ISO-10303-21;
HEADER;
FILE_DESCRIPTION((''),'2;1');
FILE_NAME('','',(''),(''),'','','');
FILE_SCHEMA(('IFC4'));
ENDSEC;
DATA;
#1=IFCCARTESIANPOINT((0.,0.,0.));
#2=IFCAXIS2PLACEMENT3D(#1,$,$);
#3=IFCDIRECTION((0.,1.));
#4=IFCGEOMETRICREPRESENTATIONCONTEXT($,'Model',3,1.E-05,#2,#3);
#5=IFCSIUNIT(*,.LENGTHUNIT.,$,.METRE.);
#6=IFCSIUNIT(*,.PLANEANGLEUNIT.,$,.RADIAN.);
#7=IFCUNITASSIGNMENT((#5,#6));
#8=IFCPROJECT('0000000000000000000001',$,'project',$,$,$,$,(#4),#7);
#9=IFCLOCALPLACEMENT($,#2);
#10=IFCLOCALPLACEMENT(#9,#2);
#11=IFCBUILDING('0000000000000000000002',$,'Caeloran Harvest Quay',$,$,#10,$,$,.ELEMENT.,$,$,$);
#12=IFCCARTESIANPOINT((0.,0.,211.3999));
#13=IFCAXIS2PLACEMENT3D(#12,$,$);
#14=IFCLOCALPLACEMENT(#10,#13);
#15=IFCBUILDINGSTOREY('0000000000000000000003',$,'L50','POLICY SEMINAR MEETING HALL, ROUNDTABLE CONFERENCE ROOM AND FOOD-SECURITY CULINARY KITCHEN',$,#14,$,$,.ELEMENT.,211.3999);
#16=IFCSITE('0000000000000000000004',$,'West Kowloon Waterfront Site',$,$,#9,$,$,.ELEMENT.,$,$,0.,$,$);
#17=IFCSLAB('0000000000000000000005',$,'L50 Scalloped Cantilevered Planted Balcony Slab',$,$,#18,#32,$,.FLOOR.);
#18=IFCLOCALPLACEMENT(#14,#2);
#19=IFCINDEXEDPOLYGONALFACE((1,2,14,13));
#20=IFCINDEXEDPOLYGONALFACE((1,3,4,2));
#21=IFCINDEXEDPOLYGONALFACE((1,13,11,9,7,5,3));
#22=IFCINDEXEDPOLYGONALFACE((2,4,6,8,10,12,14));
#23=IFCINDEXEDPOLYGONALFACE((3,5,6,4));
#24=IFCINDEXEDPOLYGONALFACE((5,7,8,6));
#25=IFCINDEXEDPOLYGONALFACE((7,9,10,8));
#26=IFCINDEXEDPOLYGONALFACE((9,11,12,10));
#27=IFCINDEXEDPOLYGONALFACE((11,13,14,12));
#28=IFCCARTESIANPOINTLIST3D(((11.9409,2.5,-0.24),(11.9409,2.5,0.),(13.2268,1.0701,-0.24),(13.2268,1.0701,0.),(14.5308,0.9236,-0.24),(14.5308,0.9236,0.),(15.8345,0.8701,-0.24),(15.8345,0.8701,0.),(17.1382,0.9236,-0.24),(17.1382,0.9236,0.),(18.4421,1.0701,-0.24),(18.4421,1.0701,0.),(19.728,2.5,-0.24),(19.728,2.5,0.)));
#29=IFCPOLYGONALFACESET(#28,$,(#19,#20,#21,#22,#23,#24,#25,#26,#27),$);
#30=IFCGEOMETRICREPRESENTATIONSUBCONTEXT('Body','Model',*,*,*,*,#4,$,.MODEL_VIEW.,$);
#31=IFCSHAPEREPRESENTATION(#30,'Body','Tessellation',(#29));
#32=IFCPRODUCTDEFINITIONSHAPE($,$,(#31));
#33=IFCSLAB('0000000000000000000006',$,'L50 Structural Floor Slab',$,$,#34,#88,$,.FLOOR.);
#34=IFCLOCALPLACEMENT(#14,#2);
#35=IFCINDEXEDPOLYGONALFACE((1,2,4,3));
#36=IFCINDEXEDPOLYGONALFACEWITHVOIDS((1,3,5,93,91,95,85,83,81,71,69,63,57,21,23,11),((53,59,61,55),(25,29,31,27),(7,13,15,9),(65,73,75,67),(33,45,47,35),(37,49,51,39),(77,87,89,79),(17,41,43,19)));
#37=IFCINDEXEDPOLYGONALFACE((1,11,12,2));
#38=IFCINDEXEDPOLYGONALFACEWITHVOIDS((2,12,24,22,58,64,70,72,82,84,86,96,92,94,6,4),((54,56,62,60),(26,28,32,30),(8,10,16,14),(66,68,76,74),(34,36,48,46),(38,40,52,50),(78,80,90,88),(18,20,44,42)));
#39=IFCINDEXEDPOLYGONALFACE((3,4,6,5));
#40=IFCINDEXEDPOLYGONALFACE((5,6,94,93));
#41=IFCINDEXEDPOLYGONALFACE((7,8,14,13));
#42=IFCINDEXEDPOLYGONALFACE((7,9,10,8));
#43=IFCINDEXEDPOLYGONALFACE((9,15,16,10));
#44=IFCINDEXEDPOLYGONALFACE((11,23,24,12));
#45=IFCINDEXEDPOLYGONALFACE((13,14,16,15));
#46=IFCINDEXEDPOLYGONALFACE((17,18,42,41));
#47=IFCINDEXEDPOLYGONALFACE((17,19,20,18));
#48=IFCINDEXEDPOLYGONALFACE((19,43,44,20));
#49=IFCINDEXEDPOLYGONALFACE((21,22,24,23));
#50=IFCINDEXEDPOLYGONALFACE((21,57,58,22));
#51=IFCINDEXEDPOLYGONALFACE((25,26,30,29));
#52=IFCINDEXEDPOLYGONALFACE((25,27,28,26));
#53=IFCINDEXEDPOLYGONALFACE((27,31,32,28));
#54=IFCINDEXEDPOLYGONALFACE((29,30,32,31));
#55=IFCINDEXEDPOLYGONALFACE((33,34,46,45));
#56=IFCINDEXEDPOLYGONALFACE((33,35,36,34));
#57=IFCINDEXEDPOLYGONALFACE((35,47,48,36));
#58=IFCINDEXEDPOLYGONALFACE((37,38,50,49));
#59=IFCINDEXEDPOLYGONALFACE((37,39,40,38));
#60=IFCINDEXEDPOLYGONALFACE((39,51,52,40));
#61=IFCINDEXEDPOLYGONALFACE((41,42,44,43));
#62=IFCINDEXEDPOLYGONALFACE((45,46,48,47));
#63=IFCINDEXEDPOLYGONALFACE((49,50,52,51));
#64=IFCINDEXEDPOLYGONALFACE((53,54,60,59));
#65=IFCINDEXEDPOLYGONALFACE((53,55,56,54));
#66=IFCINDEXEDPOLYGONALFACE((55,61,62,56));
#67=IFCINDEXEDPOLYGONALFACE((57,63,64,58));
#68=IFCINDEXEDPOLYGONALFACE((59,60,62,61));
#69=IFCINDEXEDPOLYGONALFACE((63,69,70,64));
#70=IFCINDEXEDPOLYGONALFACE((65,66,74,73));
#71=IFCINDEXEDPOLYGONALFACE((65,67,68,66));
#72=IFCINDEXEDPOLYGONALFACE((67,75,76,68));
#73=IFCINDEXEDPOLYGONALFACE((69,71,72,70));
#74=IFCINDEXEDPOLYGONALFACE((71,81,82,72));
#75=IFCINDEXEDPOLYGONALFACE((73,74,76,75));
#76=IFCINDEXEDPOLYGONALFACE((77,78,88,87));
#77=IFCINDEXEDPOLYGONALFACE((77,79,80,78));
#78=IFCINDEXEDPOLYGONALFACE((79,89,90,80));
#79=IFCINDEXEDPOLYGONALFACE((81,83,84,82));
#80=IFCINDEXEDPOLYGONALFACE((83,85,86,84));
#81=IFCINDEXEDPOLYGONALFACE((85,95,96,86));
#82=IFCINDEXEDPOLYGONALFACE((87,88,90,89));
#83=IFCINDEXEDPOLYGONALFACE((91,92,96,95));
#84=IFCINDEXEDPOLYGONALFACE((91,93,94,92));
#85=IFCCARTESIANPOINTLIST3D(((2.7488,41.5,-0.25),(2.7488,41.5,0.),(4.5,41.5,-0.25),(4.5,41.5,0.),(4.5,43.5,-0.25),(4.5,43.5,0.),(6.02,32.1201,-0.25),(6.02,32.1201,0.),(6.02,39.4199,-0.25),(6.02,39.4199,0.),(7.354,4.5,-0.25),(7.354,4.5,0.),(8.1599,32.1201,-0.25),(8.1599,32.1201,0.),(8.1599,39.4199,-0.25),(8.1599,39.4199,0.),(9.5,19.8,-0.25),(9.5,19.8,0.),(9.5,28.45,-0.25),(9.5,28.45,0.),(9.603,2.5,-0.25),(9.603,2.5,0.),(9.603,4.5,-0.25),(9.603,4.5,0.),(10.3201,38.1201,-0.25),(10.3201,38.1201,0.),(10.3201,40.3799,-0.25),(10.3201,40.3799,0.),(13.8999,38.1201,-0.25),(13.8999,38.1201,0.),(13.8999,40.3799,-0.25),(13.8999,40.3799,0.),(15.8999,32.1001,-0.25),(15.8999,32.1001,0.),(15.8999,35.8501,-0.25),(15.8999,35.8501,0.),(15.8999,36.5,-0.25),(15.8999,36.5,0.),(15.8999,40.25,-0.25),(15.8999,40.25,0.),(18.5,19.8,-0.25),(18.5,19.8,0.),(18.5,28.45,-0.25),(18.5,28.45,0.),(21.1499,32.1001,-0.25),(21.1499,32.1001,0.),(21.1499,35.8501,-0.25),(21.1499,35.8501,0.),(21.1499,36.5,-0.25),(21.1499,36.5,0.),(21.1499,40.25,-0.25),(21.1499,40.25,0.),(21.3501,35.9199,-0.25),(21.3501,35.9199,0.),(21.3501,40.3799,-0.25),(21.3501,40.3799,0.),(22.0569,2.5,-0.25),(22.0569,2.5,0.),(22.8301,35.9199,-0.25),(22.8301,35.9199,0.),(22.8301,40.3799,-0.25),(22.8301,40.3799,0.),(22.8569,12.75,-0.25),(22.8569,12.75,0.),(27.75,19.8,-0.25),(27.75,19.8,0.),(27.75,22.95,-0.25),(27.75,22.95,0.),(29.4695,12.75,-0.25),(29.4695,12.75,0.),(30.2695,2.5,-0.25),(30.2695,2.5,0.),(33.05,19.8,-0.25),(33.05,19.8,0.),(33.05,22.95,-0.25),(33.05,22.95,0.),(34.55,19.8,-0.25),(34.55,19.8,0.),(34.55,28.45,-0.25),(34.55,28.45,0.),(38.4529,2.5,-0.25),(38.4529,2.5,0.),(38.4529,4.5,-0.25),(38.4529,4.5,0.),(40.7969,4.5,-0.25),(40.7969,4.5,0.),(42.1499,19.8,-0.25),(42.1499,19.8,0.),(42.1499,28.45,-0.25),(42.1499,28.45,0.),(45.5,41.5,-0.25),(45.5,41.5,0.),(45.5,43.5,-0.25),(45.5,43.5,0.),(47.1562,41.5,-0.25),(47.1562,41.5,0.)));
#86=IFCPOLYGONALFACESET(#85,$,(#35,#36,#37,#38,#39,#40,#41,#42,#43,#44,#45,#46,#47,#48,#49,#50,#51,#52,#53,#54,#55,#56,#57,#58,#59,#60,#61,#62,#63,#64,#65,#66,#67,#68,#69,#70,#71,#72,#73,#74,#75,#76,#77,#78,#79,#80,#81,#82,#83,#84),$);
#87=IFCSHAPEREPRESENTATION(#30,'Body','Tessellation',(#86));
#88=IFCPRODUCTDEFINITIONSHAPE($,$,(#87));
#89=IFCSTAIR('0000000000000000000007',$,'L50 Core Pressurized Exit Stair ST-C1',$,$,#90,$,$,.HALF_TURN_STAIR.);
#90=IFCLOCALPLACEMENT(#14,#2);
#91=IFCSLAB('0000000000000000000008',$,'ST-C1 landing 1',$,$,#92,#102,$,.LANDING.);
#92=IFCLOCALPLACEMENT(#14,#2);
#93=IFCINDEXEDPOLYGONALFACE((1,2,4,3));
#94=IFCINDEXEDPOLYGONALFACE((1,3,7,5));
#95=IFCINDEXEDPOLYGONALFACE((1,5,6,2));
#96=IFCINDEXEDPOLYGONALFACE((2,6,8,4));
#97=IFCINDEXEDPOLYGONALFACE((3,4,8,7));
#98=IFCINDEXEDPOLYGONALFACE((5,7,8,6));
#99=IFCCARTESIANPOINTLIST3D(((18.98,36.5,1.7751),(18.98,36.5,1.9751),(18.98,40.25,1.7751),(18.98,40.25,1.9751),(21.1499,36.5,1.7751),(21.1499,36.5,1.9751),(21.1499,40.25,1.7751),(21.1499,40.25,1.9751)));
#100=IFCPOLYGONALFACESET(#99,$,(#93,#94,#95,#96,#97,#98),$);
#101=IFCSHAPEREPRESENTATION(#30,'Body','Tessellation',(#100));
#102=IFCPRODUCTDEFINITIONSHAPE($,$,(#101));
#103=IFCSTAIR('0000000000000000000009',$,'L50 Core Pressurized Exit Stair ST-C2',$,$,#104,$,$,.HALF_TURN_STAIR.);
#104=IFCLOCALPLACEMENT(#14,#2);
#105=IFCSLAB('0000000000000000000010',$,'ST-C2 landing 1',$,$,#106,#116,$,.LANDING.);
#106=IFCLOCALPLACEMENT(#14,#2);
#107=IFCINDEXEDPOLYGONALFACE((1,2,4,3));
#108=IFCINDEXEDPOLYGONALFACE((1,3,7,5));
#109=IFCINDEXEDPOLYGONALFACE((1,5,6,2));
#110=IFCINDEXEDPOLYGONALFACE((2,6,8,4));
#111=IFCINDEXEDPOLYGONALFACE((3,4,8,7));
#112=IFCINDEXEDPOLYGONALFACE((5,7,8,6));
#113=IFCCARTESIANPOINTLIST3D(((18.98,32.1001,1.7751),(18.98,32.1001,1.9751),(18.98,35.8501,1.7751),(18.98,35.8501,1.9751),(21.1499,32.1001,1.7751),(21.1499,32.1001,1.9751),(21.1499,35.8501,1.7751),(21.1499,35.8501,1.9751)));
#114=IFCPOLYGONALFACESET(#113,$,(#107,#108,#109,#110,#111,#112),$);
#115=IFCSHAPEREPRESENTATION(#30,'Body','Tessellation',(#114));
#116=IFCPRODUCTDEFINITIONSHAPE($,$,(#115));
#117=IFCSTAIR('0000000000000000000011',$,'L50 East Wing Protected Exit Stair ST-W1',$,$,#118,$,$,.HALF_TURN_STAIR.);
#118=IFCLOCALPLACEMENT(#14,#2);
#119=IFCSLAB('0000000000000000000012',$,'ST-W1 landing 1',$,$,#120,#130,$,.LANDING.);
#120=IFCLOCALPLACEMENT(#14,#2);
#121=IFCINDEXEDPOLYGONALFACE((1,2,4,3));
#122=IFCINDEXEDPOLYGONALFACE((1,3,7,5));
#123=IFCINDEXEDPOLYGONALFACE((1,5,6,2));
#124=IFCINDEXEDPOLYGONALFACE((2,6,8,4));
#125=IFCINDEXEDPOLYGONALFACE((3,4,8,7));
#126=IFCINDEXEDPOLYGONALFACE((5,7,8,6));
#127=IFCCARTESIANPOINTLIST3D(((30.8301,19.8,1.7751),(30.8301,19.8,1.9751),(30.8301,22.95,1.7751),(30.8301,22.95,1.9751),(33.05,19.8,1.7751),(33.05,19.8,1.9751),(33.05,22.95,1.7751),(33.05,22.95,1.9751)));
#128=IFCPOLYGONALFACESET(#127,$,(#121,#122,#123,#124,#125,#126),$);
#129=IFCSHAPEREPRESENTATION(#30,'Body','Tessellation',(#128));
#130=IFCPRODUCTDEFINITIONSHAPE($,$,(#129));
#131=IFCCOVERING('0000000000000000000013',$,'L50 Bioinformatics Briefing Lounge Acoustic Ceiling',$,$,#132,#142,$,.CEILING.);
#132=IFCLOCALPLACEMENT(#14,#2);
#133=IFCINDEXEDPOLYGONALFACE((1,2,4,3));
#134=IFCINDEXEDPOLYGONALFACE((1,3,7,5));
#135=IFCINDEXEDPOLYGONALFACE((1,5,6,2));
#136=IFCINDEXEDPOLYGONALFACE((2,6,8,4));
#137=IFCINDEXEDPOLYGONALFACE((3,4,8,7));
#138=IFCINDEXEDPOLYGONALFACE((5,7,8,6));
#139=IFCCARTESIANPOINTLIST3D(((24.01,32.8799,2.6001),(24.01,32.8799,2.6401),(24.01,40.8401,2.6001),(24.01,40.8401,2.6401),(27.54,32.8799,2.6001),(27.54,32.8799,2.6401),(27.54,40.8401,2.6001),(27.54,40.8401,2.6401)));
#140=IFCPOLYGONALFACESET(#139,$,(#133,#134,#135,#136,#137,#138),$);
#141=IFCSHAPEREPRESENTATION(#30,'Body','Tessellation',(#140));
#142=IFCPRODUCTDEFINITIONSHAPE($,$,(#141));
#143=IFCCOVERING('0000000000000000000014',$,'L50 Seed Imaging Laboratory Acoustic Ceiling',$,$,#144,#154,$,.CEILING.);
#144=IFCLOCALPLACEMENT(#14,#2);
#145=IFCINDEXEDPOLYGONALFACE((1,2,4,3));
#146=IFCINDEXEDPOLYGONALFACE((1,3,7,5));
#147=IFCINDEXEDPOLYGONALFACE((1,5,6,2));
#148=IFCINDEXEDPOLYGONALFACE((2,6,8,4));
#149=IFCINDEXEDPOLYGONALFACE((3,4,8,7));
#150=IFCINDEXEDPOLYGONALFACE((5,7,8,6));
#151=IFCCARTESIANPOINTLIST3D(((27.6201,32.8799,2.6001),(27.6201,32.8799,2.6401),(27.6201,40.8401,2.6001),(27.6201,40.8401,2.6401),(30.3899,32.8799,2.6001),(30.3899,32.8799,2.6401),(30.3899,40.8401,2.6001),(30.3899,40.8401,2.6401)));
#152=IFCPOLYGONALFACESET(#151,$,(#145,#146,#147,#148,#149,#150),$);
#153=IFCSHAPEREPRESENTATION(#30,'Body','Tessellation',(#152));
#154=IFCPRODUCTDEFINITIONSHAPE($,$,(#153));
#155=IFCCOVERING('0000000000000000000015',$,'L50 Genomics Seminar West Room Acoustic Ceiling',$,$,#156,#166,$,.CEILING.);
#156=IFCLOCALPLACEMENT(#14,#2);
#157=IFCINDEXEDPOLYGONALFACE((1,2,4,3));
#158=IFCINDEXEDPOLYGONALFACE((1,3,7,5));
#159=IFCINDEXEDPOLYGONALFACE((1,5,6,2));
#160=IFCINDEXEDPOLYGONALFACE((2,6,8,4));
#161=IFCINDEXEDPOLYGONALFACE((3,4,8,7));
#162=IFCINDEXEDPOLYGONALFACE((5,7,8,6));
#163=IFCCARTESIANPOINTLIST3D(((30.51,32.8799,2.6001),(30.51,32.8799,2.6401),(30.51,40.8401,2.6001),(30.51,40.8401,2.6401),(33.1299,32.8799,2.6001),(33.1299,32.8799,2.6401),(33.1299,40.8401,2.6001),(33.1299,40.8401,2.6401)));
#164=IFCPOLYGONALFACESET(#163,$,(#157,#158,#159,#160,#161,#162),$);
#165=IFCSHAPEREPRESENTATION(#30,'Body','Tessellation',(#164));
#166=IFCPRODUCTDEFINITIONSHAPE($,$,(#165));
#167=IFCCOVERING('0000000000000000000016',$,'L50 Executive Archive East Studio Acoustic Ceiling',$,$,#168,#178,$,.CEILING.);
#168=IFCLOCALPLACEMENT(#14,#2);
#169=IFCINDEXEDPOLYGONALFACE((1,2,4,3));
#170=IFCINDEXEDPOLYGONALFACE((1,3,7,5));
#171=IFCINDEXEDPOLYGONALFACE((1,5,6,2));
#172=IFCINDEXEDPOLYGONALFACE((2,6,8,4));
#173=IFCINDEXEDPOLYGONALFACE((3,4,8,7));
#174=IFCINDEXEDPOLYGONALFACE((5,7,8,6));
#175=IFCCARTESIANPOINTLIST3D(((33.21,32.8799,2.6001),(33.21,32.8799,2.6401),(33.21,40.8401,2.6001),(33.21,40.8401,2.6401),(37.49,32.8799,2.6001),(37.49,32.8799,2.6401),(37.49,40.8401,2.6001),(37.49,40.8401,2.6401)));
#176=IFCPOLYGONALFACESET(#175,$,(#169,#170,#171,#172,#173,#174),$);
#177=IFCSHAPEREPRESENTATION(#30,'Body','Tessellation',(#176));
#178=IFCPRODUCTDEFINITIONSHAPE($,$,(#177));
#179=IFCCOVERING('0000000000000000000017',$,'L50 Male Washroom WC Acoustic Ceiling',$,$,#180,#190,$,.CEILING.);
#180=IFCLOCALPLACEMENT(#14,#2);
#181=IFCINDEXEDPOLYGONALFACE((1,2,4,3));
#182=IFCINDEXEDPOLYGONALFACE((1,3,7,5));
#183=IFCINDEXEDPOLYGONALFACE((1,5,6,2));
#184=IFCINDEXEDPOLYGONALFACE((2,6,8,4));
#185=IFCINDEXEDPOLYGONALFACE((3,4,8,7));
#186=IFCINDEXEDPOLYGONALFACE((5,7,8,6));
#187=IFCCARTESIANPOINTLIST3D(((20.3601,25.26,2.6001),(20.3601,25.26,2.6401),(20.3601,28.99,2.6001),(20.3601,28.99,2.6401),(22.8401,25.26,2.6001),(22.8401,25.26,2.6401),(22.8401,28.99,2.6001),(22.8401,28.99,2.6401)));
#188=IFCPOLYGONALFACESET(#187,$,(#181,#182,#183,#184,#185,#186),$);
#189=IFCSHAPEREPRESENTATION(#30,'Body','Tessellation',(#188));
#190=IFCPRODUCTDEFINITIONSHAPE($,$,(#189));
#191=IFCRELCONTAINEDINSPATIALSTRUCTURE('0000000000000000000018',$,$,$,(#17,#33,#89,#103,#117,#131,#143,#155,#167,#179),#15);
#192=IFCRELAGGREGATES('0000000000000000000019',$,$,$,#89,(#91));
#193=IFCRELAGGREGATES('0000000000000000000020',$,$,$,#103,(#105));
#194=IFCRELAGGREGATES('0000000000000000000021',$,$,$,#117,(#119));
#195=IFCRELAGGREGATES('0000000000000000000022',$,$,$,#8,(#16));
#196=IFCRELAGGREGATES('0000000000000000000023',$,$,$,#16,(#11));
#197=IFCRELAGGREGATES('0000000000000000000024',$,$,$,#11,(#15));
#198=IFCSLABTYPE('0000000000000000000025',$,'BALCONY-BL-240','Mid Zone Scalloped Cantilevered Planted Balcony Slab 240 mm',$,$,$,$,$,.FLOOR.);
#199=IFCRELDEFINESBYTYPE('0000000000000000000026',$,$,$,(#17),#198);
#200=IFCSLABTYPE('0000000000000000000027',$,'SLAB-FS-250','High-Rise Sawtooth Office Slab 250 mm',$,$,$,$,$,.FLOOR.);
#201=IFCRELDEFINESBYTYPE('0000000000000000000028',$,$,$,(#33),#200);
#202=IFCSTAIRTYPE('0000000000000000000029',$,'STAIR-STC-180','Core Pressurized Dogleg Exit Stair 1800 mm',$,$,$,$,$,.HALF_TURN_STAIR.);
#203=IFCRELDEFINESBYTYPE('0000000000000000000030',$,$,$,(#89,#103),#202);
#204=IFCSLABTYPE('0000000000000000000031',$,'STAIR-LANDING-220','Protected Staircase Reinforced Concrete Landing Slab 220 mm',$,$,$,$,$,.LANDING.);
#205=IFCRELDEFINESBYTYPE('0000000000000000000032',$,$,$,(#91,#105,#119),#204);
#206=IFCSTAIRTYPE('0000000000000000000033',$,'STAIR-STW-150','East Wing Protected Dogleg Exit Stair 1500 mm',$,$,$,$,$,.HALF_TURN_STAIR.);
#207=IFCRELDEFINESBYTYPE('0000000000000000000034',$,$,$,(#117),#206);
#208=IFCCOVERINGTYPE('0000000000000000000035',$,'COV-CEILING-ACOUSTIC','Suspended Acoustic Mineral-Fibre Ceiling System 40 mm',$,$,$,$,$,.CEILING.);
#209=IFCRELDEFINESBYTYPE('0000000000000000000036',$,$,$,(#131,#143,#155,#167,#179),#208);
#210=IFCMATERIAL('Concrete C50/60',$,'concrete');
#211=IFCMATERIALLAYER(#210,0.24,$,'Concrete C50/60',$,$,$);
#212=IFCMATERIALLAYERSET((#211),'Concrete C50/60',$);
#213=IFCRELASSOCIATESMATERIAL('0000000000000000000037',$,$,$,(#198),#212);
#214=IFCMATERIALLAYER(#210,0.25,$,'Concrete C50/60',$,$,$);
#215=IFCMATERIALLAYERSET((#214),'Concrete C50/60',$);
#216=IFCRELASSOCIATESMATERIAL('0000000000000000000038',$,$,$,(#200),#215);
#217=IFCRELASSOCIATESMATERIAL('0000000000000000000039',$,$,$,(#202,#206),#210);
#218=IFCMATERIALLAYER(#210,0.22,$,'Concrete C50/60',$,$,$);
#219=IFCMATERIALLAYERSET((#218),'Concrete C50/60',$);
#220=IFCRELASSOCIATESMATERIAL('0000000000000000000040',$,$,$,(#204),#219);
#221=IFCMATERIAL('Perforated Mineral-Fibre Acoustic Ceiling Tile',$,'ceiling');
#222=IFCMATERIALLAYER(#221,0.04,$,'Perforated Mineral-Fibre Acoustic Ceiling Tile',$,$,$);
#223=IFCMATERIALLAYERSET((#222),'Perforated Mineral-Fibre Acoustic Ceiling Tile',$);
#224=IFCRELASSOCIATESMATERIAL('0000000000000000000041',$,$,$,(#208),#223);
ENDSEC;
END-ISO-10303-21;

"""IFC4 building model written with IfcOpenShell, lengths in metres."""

from ifc_helpers import new_model, si_unit, direction, frame, origin, place, context, subcontext, project, spatial, polyline, outline, extrude, material, layer, layer_set, type_object, element, aggregate, save


model = new_model("IFC4")

# Units and contexts
model_context = context("Model", 3, precision=1e-05, world=origin(), true_north=direction((0.0, 1.0)))
body_context = subcontext(model_context, "Body", "Model", "MODEL_VIEW")
ifc_project = project(units=[si_unit("LENGTHUNIT", "METRE"), si_unit("PLANEANGLEUNIT", "RADIAN")], contexts=[model_context])

# Site, building, storey
site_placement = place(None, origin())
site = spatial("IfcSite", under=ifc_project, at=site_placement, Name="West Kowloon Waterfront Site", CompositionType="ELEMENT", RefElevation=0.0)
building_placement = place(site_placement, origin())
building = spatial("IfcBuilding", under=site, at=building_placement, Name="Caeloran Harvest Quay", CompositionType="ELEMENT")
storey_placement = place(building_placement, frame((0.0, 0.0, 211.3999)))
storey = spatial("IfcBuildingStorey", under=building, at=storey_placement, Name="L50", Description="POLICY SEMINAR MEETING HALL, ROUNDTABLE CONFERENCE ROOM AND FOOD-SECURITY CULINARY KITCHEN", CompositionType="ELEMENT", Elevation=211.3999)

# Slabs
ifc_material_1 = material(Name="Concrete C50/60", Category="concrete")
ifc_layer_1 = layer(ifc_material_1, 0.24, Name="Concrete C50/60")
ifc_layer_set_1 = layer_set([ifc_layer_1], Name="Concrete C50/60")
slab_type_1 = type_object("IfcSlabType", Name="BALCONY-BL-240", Description="Mid Zone Scalloped Cantilevered Planted Balcony Slab 240 mm", PredefinedType="FLOOR", material=ifc_layer_set_1)
slab_1_placement = place(storey_placement, frame((0.0, 0.0, -0.24)))
element("IfcSlab", 1, at=slab_1_placement, inside=storey, type_object=slab_type_1, Name="L50 Scalloped Cantilevered Planted Balcony Slab", PredefinedType="FLOOR", context=body_context, shape_type="SweptSolid", body=[
    extrude(outline(polyline([(18.4421, 1.0701), (17.1382, 0.9236), (15.8345, 0.8701), (14.5308, 0.9236), (13.2268, 1.0701), (11.9409, 2.5), (19.728, 2.5), (18.4421, 1.0701)])), origin(), (0.0, 0.0, 1.0), 0.24),
])
ifc_layer_2 = layer(ifc_material_1, 0.25, Name="Concrete C50/60")
ifc_layer_set_2 = layer_set([ifc_layer_2], Name="Concrete C50/60")
slab_type_2 = type_object("IfcSlabType", Name="SLAB-FS-250", Description="High-Rise Sawtooth Office Slab 250 mm", PredefinedType="FLOOR", material=ifc_layer_set_2)
slab_2_placement = place(storey_placement, frame((0.0, 0.0, -0.25)))
element("IfcSlab", 2, at=slab_2_placement, inside=storey, type_object=slab_type_2, Name="L50 Structural Floor Slab", PredefinedType="FLOOR", context=body_context, shape_type="SweptSolid", body=[
    extrude(outline(polyline([(9.603, 2.5), (22.0569, 2.5), (22.8569, 12.75), (29.4695, 12.75), (30.2695, 2.5), (38.4529, 2.5), (38.4529, 4.5), (40.7969, 4.5), (47.1562, 41.5), (45.5, 41.5), (45.5, 43.5), (4.5, 43.5), (4.5, 41.5), (2.7488, 41.5), (7.354, 4.5), (9.603, 4.5), (9.603, 2.5)]), holes=[polyline([(27.75, 19.8), (27.75, 22.95), (33.05, 22.95), (33.05, 19.8), (27.75, 19.8)]), polyline([(18.5, 19.8), (9.5, 19.8), (9.5, 28.45), (18.5, 28.45), (18.5, 19.8)]), polyline([(42.1499, 19.8), (34.55, 19.8), (34.55, 28.45), (42.1499, 28.45), (42.1499, 19.8)]), polyline([(15.8999, 32.1001), (15.8999, 35.8501), (21.1499, 35.8501), (21.1499, 32.1001), (15.8999, 32.1001)]), polyline([(8.1599, 32.1201), (6.02, 32.1201), (6.02, 39.4199), (8.1599, 39.4199), (8.1599, 32.1201)]), polyline([(22.8301, 35.9199), (21.3501, 35.9199), (21.3501, 40.3799), (22.8301, 40.3799), (22.8301, 35.9199)]), polyline([(15.8999, 36.5), (15.8999, 40.25), (21.1499, 40.25), (21.1499, 36.5), (15.8999, 36.5)]), polyline([(13.8999, 38.1201), (10.3201, 38.1201), (10.3201, 40.3799), (13.8999, 40.3799), (13.8999, 38.1201)])]), origin(), (0.0, 0.0, 1.0), 0.25),
])

# Stairs, slabs
stair_type_1 = type_object("IfcStairType", Name="STAIR-STC-180", Description="Core Pressurized Dogleg Exit Stair 1800 mm", PredefinedType="HALF_TURN_STAIR", material=ifc_material_1)
stair_1_placement = place(storey_placement, origin())
stair_1 = element("IfcStair", 3, at=stair_1_placement, inside=storey, type_object=stair_type_1, Name="L50 Core Pressurized Exit Stair ST-C1", PredefinedType="HALF_TURN_STAIR")
ifc_layer_3 = layer(ifc_material_1, 0.22, Name="Concrete C50/60")
ifc_layer_set_3 = layer_set([ifc_layer_3], Name="Concrete C50/60")
slab_type_3 = type_object("IfcSlabType", Name="STAIR-LANDING-220", Description="Protected Staircase Reinforced Concrete Landing Slab 220 mm", PredefinedType="LANDING", material=ifc_layer_set_3)
slab_3_placement = place(storey_placement, frame((0.0, 0.0, 1.7751)))
slab_3 = element("IfcSlab", 4, at=slab_3_placement, type_object=slab_type_3, Name="ST-C1 landing 1", PredefinedType="LANDING", context=body_context, shape_type="SweptSolid", body=[
    extrude(outline(polyline([(18.98, 36.5), (21.1499, 36.5), (21.1499, 40.25), (18.98, 40.25), (18.98, 36.5)])), origin(), (0.0, 0.0, 1.0), 0.2),
])
aggregate(stair_1, [slab_3])
stair_2_placement = place(storey_placement, origin())
stair_2 = element("IfcStair", 5, at=stair_2_placement, inside=storey, type_object=stair_type_1, Name="L50 Core Pressurized Exit Stair ST-C2", PredefinedType="HALF_TURN_STAIR")
slab_4_placement = place(storey_placement, frame((0.0, 0.0, 1.7751)))
slab_4 = element("IfcSlab", 6, at=slab_4_placement, type_object=slab_type_3, Name="ST-C2 landing 1", PredefinedType="LANDING", context=body_context, shape_type="SweptSolid", body=[
    extrude(outline(polyline([(18.98, 32.1001), (21.1499, 32.1001), (21.1499, 35.8501), (18.98, 35.8501), (18.98, 32.1001)])), origin(), (0.0, 0.0, 1.0), 0.2),
])
aggregate(stair_2, [slab_4])
stair_type_2 = type_object("IfcStairType", Name="STAIR-STW-150", Description="East Wing Protected Dogleg Exit Stair 1500 mm", PredefinedType="HALF_TURN_STAIR", material=ifc_material_1)
stair_3_placement = place(storey_placement, origin())
stair_3 = element("IfcStair", 7, at=stair_3_placement, inside=storey, type_object=stair_type_2, Name="L50 East Wing Protected Exit Stair ST-W1", PredefinedType="HALF_TURN_STAIR")
slab_5_placement = place(storey_placement, frame((0.0, 0.0, 1.7751)))
slab_5 = element("IfcSlab", 8, at=slab_5_placement, type_object=slab_type_3, Name="ST-W1 landing 1", PredefinedType="LANDING", context=body_context, shape_type="SweptSolid", body=[
    extrude(outline(polyline([(30.8301, 19.8), (33.05, 19.8), (33.05, 22.95), (30.8301, 22.95), (30.8301, 19.8)])), origin(), (0.0, 0.0, 1.0), 0.2),
])
aggregate(stair_3, [slab_5])

# Coverings
ifc_material_2 = material(Name="Perforated Mineral-Fibre Acoustic Ceiling Tile", Category="ceiling")
ifc_layer_4 = layer(ifc_material_2, 0.04, Name="Perforated Mineral-Fibre Acoustic Ceiling Tile")
ifc_layer_set_4 = layer_set([ifc_layer_4], Name="Perforated Mineral-Fibre Acoustic Ceiling Tile")
covering_type_1 = type_object("IfcCoveringType", Name="COV-CEILING-ACOUSTIC", Description="Suspended Acoustic Mineral-Fibre Ceiling System 40 mm", PredefinedType="CEILING", material=ifc_layer_set_4)
covering_1_placement = place(storey_placement, frame((0.0, 0.0, 2.6001)))
element("IfcCovering", 9, at=covering_1_placement, inside=storey, type_object=covering_type_1, Name="L50 Bioinformatics Briefing Lounge Acoustic Ceiling", PredefinedType="CEILING", context=body_context, shape_type="SweptSolid", body=[
    extrude(outline(polyline([(27.54, 40.8401), (27.54, 32.8799), (24.01, 32.8799), (24.01, 40.8401), (27.54, 40.8401)])), origin(), (0.0, 0.0, 1.0), 0.04),
])
covering_2_placement = place(storey_placement, frame((0.0, 0.0, 2.6001)))
element("IfcCovering", 10, at=covering_2_placement, inside=storey, type_object=covering_type_1, Name="L50 Seed Imaging Laboratory Acoustic Ceiling", PredefinedType="CEILING", context=body_context, shape_type="SweptSolid", body=[
    extrude(outline(polyline([(30.3899, 40.8401), (30.3899, 32.8799), (27.6201, 32.8799), (27.6201, 40.8401), (30.3899, 40.8401)])), origin(), (0.0, 0.0, 1.0), 0.04),
])
covering_3_placement = place(storey_placement, frame((0.0, 0.0, 2.6001)))
element("IfcCovering", 11, at=covering_3_placement, inside=storey, type_object=covering_type_1, Name="L50 Genomics Seminar West Room Acoustic Ceiling", PredefinedType="CEILING", context=body_context, shape_type="SweptSolid", body=[
    extrude(outline(polyline([(33.1299, 40.8401), (33.1299, 32.8799), (30.51, 32.8799), (30.51, 40.8401), (33.1299, 40.8401)])), origin(), (0.0, 0.0, 1.0), 0.04),
])
covering_4_placement = place(storey_placement, frame((0.0, 0.0, 2.6001)))
element("IfcCovering", 12, at=covering_4_placement, inside=storey, type_object=covering_type_1, Name="L50 Executive Archive East Studio Acoustic Ceiling", PredefinedType="CEILING", context=body_context, shape_type="SweptSolid", body=[
    extrude(outline(polyline([(37.49, 40.8401), (37.49, 32.8799), (33.21, 32.8799), (33.21, 40.8401), (37.49, 40.8401)])), origin(), (0.0, 0.0, 1.0), 0.04),
])
covering_5_placement = place(storey_placement, frame((0.0, 0.0, 2.6001)))
element("IfcCovering", 13, at=covering_5_placement, inside=storey, type_object=covering_type_1, Name="L50 Male Washroom WC Acoustic Ceiling", PredefinedType="CEILING", context=body_context, shape_type="SweptSolid", body=[
    extrude(outline(polyline([(22.8401, 28.99), (22.8401, 25.26), (20.3601, 25.26), (20.3601, 28.99), (22.8401, 28.99)])), origin(), (0.0, 0.0, 1.0), 0.04),
])

save(model, "model.ifc")
